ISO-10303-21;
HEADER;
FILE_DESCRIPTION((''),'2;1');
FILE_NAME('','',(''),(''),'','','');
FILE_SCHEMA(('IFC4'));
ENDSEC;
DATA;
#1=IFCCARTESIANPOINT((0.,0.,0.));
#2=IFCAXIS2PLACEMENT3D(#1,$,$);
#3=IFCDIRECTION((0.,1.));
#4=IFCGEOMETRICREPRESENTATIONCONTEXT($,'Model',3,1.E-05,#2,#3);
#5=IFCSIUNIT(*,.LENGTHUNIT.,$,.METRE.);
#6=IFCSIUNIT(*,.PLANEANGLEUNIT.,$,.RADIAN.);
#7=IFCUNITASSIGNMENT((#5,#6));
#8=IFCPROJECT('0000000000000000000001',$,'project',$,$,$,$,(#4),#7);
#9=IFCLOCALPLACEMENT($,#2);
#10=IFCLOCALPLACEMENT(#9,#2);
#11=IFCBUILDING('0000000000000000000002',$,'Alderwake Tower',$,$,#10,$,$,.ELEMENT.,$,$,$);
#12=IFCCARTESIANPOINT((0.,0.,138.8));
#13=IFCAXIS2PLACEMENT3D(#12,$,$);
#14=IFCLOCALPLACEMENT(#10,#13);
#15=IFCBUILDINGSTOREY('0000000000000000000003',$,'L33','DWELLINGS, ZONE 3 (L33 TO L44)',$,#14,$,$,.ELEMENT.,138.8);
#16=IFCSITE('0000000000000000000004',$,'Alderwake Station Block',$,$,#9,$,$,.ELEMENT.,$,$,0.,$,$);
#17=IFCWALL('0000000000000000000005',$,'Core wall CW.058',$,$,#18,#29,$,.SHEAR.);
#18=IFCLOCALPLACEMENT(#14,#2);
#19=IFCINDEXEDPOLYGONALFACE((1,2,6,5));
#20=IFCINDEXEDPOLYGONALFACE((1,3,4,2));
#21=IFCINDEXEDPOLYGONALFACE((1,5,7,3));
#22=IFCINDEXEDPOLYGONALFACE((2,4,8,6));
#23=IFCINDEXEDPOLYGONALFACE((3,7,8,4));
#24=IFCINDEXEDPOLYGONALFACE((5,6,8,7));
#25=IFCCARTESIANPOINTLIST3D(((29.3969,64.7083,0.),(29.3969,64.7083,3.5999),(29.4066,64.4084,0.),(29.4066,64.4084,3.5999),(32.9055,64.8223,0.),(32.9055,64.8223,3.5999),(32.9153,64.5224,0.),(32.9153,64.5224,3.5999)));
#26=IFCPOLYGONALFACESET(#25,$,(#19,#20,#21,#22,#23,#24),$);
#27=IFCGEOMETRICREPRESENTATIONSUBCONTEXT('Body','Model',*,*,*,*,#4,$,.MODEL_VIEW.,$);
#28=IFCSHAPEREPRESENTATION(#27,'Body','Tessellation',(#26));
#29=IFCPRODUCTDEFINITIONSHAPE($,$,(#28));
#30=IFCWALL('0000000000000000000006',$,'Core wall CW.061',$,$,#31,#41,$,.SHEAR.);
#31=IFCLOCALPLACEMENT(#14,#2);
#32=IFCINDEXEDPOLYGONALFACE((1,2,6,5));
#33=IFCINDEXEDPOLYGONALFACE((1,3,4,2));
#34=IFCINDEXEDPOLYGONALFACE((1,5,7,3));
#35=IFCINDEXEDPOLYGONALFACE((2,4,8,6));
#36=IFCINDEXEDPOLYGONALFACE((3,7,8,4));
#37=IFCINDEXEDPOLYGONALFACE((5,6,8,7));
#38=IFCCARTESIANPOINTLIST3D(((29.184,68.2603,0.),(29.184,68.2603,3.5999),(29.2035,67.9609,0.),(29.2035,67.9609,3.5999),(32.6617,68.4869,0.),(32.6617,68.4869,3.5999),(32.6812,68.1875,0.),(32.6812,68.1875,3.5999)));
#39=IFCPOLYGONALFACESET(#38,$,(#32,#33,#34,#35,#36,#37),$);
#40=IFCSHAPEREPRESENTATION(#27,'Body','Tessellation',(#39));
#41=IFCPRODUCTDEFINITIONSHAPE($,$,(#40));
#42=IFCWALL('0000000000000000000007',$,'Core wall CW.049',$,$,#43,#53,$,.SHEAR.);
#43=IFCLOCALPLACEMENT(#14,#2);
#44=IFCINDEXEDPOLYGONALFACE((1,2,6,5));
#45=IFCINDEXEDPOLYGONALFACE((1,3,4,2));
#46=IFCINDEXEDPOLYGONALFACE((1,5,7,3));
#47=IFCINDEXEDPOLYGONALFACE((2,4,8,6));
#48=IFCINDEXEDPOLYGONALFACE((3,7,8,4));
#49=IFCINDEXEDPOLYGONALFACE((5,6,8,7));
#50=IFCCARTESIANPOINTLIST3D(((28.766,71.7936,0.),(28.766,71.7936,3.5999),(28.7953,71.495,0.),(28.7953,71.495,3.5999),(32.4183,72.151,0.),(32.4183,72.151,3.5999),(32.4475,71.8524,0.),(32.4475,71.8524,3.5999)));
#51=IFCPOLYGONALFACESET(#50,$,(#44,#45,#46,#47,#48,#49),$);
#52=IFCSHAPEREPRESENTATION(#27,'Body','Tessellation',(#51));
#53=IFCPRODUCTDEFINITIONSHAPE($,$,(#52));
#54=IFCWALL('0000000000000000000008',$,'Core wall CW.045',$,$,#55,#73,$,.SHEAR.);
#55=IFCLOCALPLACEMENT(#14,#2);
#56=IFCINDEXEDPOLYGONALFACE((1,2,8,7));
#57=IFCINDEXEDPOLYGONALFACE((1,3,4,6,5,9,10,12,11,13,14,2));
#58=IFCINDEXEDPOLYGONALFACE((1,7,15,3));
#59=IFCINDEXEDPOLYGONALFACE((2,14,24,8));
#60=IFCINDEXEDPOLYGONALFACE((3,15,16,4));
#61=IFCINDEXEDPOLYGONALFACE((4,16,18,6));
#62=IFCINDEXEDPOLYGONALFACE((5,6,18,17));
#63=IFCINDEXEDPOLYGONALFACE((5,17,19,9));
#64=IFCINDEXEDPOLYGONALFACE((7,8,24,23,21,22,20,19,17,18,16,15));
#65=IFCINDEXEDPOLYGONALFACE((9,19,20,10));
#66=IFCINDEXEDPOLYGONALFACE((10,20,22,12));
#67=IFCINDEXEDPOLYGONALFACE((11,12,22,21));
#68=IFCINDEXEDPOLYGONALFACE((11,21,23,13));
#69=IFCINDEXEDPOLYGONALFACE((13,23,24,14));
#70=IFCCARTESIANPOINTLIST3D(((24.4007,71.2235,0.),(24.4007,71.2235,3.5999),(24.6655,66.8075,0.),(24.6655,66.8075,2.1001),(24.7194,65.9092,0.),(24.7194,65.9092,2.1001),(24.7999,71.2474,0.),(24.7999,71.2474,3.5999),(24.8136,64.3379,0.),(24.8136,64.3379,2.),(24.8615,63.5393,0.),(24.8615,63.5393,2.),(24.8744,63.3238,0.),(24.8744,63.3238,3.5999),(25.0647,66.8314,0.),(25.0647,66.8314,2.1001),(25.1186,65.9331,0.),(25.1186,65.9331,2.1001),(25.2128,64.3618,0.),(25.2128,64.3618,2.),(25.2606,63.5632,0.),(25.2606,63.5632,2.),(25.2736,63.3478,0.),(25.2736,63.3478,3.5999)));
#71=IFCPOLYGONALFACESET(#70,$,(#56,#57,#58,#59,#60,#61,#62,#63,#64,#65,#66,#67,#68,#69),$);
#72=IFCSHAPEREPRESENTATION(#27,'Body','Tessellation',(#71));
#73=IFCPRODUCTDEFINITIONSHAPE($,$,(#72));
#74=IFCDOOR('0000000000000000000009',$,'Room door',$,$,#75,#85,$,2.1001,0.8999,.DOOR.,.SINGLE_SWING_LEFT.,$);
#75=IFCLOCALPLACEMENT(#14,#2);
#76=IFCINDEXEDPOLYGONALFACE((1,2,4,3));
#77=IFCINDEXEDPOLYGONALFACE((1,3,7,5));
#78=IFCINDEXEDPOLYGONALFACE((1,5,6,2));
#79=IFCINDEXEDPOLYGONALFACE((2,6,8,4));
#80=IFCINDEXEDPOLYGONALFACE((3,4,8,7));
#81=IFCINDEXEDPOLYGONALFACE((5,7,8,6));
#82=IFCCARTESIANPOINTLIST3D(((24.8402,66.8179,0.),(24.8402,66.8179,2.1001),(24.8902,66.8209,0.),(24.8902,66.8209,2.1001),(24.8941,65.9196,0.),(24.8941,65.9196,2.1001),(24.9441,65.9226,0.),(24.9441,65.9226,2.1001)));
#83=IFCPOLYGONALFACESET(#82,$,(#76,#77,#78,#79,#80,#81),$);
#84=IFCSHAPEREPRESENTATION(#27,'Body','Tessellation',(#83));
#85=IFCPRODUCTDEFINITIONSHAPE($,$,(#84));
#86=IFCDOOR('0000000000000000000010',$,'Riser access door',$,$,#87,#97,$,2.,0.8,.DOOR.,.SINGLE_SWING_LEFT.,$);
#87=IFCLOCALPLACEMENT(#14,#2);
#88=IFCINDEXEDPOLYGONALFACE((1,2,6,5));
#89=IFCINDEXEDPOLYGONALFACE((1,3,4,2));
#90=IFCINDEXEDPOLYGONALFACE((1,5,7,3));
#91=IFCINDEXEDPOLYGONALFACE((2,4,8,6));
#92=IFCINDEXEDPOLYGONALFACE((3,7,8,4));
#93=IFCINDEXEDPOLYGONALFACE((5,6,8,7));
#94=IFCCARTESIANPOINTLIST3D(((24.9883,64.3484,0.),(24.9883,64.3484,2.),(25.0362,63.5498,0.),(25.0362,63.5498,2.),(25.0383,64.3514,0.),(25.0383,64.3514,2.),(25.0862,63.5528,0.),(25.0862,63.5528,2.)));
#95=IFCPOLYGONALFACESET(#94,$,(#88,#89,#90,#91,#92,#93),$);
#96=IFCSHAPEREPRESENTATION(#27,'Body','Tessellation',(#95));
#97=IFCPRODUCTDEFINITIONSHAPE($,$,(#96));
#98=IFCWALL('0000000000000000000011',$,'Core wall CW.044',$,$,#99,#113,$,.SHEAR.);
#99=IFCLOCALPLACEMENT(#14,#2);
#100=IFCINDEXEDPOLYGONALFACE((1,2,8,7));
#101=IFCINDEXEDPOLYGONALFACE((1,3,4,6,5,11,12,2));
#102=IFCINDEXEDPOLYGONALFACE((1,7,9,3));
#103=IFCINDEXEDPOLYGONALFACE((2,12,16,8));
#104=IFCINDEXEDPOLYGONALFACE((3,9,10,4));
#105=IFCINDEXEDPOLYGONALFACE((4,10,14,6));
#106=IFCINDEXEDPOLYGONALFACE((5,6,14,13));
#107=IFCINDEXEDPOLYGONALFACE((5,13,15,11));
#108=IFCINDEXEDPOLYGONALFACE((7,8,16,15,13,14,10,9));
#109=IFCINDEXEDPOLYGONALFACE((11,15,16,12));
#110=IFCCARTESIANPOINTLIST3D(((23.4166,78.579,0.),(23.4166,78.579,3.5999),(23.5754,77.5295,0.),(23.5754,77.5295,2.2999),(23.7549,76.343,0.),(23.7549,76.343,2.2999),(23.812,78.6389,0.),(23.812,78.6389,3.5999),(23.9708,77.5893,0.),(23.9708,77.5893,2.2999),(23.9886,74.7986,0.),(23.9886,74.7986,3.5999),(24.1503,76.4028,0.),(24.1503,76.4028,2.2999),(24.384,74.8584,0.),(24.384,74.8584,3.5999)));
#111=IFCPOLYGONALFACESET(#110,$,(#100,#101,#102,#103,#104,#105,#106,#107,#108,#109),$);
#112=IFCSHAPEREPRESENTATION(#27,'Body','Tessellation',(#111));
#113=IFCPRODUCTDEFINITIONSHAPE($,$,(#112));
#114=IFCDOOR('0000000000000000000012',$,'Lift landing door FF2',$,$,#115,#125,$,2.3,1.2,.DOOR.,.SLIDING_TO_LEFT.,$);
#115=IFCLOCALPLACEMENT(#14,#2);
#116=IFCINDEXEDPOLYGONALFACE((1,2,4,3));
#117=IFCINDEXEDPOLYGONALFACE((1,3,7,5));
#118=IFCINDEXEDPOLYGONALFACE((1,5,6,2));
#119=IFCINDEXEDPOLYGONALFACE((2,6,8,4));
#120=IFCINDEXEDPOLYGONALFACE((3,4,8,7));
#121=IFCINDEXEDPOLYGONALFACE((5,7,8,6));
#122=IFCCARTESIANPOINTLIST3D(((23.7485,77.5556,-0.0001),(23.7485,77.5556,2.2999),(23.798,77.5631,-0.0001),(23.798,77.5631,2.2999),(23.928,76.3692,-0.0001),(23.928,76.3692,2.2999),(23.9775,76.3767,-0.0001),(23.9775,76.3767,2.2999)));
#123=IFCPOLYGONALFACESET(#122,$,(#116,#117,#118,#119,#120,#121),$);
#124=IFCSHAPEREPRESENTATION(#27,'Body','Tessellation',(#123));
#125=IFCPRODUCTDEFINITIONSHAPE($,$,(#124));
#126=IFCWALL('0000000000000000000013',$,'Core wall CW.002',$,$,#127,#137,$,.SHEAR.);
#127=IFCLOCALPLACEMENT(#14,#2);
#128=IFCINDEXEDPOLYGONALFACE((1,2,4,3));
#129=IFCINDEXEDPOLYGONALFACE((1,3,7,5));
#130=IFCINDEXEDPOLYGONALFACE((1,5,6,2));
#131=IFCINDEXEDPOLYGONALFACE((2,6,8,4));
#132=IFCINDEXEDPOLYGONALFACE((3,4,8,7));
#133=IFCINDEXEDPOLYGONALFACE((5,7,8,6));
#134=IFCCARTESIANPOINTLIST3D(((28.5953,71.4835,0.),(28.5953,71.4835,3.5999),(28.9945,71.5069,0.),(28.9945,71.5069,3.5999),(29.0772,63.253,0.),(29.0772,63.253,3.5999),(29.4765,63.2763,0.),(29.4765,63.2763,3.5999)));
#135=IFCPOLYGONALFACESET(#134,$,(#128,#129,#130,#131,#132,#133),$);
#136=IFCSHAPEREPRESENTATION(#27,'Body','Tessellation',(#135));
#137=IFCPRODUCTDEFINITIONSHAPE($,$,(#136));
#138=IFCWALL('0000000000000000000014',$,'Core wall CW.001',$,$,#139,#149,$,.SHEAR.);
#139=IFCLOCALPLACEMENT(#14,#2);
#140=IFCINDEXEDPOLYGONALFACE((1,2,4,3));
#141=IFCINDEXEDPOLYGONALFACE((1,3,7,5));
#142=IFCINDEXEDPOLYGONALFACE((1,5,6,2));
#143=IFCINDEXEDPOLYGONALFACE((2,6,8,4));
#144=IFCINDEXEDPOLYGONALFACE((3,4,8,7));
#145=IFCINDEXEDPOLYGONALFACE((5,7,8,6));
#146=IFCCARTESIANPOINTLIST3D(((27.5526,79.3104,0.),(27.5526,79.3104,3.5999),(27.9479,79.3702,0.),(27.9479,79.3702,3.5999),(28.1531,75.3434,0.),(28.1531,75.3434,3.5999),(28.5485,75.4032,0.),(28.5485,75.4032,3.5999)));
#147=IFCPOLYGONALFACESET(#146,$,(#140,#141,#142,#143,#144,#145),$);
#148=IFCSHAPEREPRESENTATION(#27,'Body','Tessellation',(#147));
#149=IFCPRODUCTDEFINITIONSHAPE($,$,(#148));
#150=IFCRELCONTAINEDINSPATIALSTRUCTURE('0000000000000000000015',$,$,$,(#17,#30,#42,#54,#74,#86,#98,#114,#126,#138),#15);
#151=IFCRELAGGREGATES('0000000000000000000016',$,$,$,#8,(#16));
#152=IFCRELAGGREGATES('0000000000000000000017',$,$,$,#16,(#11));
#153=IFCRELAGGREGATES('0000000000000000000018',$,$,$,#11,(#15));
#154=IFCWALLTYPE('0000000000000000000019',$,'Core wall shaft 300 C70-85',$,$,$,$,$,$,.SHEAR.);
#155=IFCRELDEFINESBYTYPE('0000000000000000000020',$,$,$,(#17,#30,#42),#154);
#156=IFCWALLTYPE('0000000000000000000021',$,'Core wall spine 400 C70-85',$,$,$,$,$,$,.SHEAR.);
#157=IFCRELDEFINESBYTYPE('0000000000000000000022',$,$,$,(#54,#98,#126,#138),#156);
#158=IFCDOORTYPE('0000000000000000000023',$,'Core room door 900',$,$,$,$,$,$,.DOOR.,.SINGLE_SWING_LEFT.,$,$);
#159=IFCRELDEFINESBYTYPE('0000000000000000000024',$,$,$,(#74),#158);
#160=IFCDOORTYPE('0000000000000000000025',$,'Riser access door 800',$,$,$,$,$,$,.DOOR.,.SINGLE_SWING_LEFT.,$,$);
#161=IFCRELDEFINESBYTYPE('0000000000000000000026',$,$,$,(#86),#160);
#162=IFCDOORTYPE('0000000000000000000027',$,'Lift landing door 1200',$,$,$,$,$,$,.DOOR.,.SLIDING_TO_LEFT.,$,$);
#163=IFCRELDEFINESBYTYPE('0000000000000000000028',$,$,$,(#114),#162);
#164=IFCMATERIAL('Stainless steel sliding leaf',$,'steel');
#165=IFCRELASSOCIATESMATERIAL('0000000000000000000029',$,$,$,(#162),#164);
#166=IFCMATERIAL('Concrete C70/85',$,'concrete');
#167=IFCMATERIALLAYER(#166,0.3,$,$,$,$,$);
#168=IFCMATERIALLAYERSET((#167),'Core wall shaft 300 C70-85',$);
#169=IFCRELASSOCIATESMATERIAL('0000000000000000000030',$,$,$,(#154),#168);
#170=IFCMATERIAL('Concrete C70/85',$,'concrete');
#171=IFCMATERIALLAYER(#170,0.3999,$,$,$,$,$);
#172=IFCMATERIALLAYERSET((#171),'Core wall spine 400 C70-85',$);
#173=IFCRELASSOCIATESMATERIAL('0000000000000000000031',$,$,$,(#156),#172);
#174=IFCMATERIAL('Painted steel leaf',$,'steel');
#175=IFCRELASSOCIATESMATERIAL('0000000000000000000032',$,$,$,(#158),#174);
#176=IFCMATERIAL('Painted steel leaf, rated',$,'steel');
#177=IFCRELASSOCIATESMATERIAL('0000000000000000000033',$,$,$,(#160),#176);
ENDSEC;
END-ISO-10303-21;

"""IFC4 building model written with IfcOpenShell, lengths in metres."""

from ifc_helpers import new_model, si_unit, direction, frame, frame_2d, origin, place, context, subcontext, project, spatial, rectangle, extrude, material, layer, layer_set, type_object, element, fill, save


model = new_model("IFC4")

# Units and contexts
model_context = context("Model", 3, precision=1e-05, world=origin(), true_north=direction((0.0, 1.0)))
body_context = subcontext(model_context, "Body", "Model", "MODEL_VIEW")
ifc_project = project(units=[si_unit("LENGTHUNIT", "METRE"), si_unit("PLANEANGLEUNIT", "RADIAN")], contexts=[model_context])

# Site, building, storey
site_placement = place(None, origin())
site = spatial("IfcSite", under=ifc_project, at=site_placement, Name="Alderwake Station Block", CompositionType="ELEMENT", RefElevation=0.0)
building_placement = place(site_placement, origin())
building = spatial("IfcBuilding", under=site, at=building_placement, Name="Alderwake Tower", CompositionType="ELEMENT")
storey_placement = place(building_placement, frame((0.0, 0.0, 138.8)))
storey = spatial("IfcBuildingStorey", under=building, at=storey_placement, Name="L33", Description="DWELLINGS, ZONE 3 (L33 TO L44)", CompositionType="ELEMENT", Elevation=138.8)

# Shared definitions
ifc_material_1 = material(Name="Stainless steel sliding leaf", Category="steel")
door_type_1 = type_object("IfcDoorType", Name="Lift landing door 1200", OperationType="SLIDING_TO_LEFT", PredefinedType="DOOR", material=ifc_material_1)

# Walls
ifc_material_2 = material(Name="Concrete C70/85", Category="concrete")
ifc_layer_1 = layer(ifc_material_2, 0.3)
ifc_layer_set_1 = layer_set([ifc_layer_1], Name="Core wall shaft 300 C70-85")
wall_type_1 = type_object("IfcWallType", Name="Core wall shaft 300 C70-85", PredefinedType="SHEAR", material=ifc_layer_set_1)
wall_1_placement = place(storey_placement, frame((29.4016, 64.5583, 0.0), z_axis=(0.0, 0.0, 1.0), x_axis=(0.999472, 0.032479, 0.0)))
element("IfcWall", 1, at=wall_1_placement, inside=storey, type_object=wall_type_1, Name="Core wall CW.058", PredefinedType="SHEAR", context=body_context, shape_type="SweptSolid", body=[
    extrude(rectangle(XDim=3.5105, YDim=0.3, at=frame_2d((1.7554, 0.0))), origin(), (0.0, 0.0, 1.0), 3.5999),
])
wall_2_placement = place(storey_placement, frame((29.1936, 68.1106, 0.0), z_axis=(0.0, 0.0, 1.0), x_axis=(0.997885, 0.065008, 0.0)))
element("IfcWall", 2, at=wall_2_placement, inside=storey, type_object=wall_type_1, Name="Core wall CW.061", PredefinedType="SHEAR", context=body_context, shape_type="SweptSolid", body=[
    extrude(rectangle(XDim=3.4851, YDim=0.3, at=frame_2d((1.7427, 0.0))), origin(), (0.0, 0.0, 1.0), 3.5999),
])
wall_3_placement = place(storey_placement, frame((28.7805, 71.6443, 0.0), z_axis=(0.0, 0.0, 1.0), x_axis=(0.995246, 0.097396, 0.0)))
element("IfcWall", 3, at=wall_3_placement, inside=storey, type_object=wall_type_1, Name="Core wall CW.049", PredefinedType="SHEAR", context=body_context, shape_type="SweptSolid", body=[
    extrude(rectangle(XDim=3.6697, YDim=0.3, at=frame_2d((1.835, 0.0))), origin(), (0.0, 0.0, 1.0), 3.5999),
])

# Wall, openings, doors
ifc_material_3 = material(Name="Concrete C70/85", Category="concrete")
ifc_layer_2 = layer(ifc_material_3, 0.3999)
ifc_layer_set_2 = layer_set([ifc_layer_2], Name="Core wall spine 400 C70-85")
wall_type_2 = type_object("IfcWallType", Name="Core wall spine 400 C70-85", PredefinedType="SHEAR", material=ifc_layer_set_2)
wall_4_placement = place(storey_placement, frame((25.074, 63.3357, 0.0), z_axis=(0.0, 0.0, 1.0), x_axis=(-0.059849, 0.998207, 0.0)))
wall_4 = element("IfcWall", 4, at=wall_4_placement, inside=storey, type_object=wall_type_2, Name="Core wall CW.045", PredefinedType="SHEAR", context=body_context, shape_type="SweptSolid", body=[
    extrude(rectangle(XDim=7.9138, YDim=0.3999, at=frame_2d((3.957, 0.0))), origin(), (0.0, 0.0, 1.0), 3.5999),
])
opening_1_placement = place(wall_4_placement, frame((0.2161, 0.0, 0.0)))
opening_1 = element("IfcOpeningElement", 5, at=opening_1_placement, cuts=wall_4, PredefinedType="OPENING", context=body_context, shape_type="SweptSolid", body=[
    extrude(rectangle(XDim=0.8, YDim=2.0, at=frame_2d((0.3999, 1.0))), frame((0.0, 0.21, 0.0), z_axis=(0.0, -1.0, 0.0), x_axis=(1.0, 0.0, 0.0)), (0.0, 0.0, 1.0), 0.4199),
])
opening_2_placement = place(wall_4_placement, frame((2.5901, 0.0, 0.0)))
opening_2 = element("IfcOpeningElement", 6, at=opening_2_placement, cuts=wall_4, PredefinedType="OPENING", context=body_context, shape_type="SweptSolid", body=[
    extrude(rectangle(XDim=0.8999, YDim=2.1001, at=frame_2d((0.45, 1.05))), frame((0.0, 0.21, 0.0), z_axis=(0.0, -1.0, 0.0), x_axis=(1.0, 0.0, 0.0)), (0.0, 0.0, 1.0), 0.4199),
])
ifc_material_4 = material(Name="Painted steel leaf", Category="steel")
door_type_2 = type_object("IfcDoorType", Name="Core room door 900", OperationType="SINGLE_SWING_LEFT", PredefinedType="DOOR", material=ifc_material_4)
door_1_placement = place(opening_2_placement, origin())
door_1 = element("IfcDoor", 7, at=door_1_placement, inside=storey, type_object=door_type_2, Name="Room door", OperationType="SINGLE_SWING_LEFT", OverallHeight=2.1001, OverallWidth=0.8999, PredefinedType="DOOR", context=body_context, shape_type="SweptSolid", body=[
    extrude(rectangle(XDim=0.8999, YDim=2.1001, at=frame_2d((0.45, 1.05))), frame((0.0, 0.0249, 0.0), z_axis=(0.0, -1.0, 0.0), x_axis=(1.0, 0.0, 0.0)), (0.0, 0.0, 1.0), 0.05),
])
fill(opening_2, door_1)
ifc_material_5 = material(Name="Painted steel leaf, rated", Category="steel")
door_type_3 = type_object("IfcDoorType", Name="Riser access door 800", OperationType="SINGLE_SWING_LEFT", PredefinedType="DOOR", material=ifc_material_5)
door_2_placement = place(opening_1_placement, origin())
door_2 = element("IfcDoor", 8, at=door_2_placement, inside=storey, type_object=door_type_3, Name="Riser access door", OperationType="SINGLE_SWING_LEFT", OverallHeight=2.0, OverallWidth=0.8, PredefinedType="DOOR", context=body_context, shape_type="SweptSolid", body=[
    extrude(rectangle(XDim=0.8, YDim=2.0, at=frame_2d((0.3999, 1.0))), frame((0.0, 0.0249, 0.0), z_axis=(0.0, -1.0, 0.0), x_axis=(1.0, 0.0, 0.0)), (0.0, 0.0, 1.0), 0.05),
])
fill(opening_1, door_2)

# Wall, opening, door
wall_5_placement = place(storey_placement, frame((24.1863, 74.8286, 0.0), z_axis=(0.0, 0.0, 1.0), x_axis=(-0.149605, 0.988746, 0.0)))
wall_5 = element("IfcWall", 9, at=wall_5_placement, inside=storey, type_object=wall_type_2, Name="Core wall CW.044", PredefinedType="SHEAR", context=body_context, shape_type="SweptSolid", body=[
    extrude(rectangle(XDim=3.8235, YDim=0.3999, at=frame_2d((1.9116, 0.0))), origin(), (0.0, 0.0, 1.0), 3.5999),
])
opening_3_placement = place(wall_5_placement, frame((1.5618, 0.0, 0.0)))
opening_3 = element("IfcOpeningElement", 10, at=opening_3_placement, cuts=wall_5, PredefinedType="OPENING", context=body_context, shape_type="SweptSolid", body=[
    extrude(rectangle(XDim=1.2, YDim=2.3, at=frame_2d((0.6001, 1.1499))), frame((0.0, 0.21, 0.0), z_axis=(0.0, -1.0, 0.0), x_axis=(1.0, 0.0, 0.0)), (0.0, 0.0, 1.0), 0.4199),
])
door_3_placement = place(opening_3_placement, origin())
door_3 = element("IfcDoor", 11, at=door_3_placement, inside=storey, type_object=door_type_1, Name="Lift landing door FF2", OperationType="SLIDING_TO_LEFT", OverallHeight=2.3, OverallWidth=1.2, PredefinedType="DOOR", context=body_context, shape_type="SweptSolid", body=[
    extrude(rectangle(XDim=1.2, YDim=2.3, at=frame_2d((0.6001, 1.1499))), frame((0.0, 0.0249, 0.0), z_axis=(0.0, -1.0, 0.0), x_axis=(1.0, 0.0, 0.0)), (0.0, 0.0, 1.0), 0.05),
])
fill(opening_3, door_3)

# Walls
wall_6_placement = place(storey_placement, frame((29.2769, 63.2646, 0.0), z_axis=(0.0, 0.0, 1.0), x_axis=(-0.058455, 0.99829, 0.0)))
element("IfcWall", 12, at=wall_6_placement, inside=storey, type_object=wall_type_2, Name="Core wall CW.002", PredefinedType="SHEAR", context=body_context, shape_type="SweptSolid", body=[
    extrude(rectangle(XDim=8.2446, YDim=0.3999, at=frame_2d((4.1223, 0.0))), origin(), (0.0, 0.0, 1.0), 3.5999),
])
wall_7_placement = place(storey_placement, frame((28.3508, 75.3733, 0.0), z_axis=(0.0, 0.0, 1.0), x_axis=(-0.149688, 0.988733, 0.0)))
element("IfcWall", 13, at=wall_7_placement, inside=storey, type_object=wall_type_2, Name="Core wall CW.001", PredefinedType="SHEAR", context=body_context, shape_type="SweptSolid", body=[
    extrude(rectangle(XDim=4.0122, YDim=0.3999, at=frame_2d((2.0061, 0.0))), origin(), (0.0, 0.0, 1.0), 3.5999),
])

save(model, "model.ifc")
